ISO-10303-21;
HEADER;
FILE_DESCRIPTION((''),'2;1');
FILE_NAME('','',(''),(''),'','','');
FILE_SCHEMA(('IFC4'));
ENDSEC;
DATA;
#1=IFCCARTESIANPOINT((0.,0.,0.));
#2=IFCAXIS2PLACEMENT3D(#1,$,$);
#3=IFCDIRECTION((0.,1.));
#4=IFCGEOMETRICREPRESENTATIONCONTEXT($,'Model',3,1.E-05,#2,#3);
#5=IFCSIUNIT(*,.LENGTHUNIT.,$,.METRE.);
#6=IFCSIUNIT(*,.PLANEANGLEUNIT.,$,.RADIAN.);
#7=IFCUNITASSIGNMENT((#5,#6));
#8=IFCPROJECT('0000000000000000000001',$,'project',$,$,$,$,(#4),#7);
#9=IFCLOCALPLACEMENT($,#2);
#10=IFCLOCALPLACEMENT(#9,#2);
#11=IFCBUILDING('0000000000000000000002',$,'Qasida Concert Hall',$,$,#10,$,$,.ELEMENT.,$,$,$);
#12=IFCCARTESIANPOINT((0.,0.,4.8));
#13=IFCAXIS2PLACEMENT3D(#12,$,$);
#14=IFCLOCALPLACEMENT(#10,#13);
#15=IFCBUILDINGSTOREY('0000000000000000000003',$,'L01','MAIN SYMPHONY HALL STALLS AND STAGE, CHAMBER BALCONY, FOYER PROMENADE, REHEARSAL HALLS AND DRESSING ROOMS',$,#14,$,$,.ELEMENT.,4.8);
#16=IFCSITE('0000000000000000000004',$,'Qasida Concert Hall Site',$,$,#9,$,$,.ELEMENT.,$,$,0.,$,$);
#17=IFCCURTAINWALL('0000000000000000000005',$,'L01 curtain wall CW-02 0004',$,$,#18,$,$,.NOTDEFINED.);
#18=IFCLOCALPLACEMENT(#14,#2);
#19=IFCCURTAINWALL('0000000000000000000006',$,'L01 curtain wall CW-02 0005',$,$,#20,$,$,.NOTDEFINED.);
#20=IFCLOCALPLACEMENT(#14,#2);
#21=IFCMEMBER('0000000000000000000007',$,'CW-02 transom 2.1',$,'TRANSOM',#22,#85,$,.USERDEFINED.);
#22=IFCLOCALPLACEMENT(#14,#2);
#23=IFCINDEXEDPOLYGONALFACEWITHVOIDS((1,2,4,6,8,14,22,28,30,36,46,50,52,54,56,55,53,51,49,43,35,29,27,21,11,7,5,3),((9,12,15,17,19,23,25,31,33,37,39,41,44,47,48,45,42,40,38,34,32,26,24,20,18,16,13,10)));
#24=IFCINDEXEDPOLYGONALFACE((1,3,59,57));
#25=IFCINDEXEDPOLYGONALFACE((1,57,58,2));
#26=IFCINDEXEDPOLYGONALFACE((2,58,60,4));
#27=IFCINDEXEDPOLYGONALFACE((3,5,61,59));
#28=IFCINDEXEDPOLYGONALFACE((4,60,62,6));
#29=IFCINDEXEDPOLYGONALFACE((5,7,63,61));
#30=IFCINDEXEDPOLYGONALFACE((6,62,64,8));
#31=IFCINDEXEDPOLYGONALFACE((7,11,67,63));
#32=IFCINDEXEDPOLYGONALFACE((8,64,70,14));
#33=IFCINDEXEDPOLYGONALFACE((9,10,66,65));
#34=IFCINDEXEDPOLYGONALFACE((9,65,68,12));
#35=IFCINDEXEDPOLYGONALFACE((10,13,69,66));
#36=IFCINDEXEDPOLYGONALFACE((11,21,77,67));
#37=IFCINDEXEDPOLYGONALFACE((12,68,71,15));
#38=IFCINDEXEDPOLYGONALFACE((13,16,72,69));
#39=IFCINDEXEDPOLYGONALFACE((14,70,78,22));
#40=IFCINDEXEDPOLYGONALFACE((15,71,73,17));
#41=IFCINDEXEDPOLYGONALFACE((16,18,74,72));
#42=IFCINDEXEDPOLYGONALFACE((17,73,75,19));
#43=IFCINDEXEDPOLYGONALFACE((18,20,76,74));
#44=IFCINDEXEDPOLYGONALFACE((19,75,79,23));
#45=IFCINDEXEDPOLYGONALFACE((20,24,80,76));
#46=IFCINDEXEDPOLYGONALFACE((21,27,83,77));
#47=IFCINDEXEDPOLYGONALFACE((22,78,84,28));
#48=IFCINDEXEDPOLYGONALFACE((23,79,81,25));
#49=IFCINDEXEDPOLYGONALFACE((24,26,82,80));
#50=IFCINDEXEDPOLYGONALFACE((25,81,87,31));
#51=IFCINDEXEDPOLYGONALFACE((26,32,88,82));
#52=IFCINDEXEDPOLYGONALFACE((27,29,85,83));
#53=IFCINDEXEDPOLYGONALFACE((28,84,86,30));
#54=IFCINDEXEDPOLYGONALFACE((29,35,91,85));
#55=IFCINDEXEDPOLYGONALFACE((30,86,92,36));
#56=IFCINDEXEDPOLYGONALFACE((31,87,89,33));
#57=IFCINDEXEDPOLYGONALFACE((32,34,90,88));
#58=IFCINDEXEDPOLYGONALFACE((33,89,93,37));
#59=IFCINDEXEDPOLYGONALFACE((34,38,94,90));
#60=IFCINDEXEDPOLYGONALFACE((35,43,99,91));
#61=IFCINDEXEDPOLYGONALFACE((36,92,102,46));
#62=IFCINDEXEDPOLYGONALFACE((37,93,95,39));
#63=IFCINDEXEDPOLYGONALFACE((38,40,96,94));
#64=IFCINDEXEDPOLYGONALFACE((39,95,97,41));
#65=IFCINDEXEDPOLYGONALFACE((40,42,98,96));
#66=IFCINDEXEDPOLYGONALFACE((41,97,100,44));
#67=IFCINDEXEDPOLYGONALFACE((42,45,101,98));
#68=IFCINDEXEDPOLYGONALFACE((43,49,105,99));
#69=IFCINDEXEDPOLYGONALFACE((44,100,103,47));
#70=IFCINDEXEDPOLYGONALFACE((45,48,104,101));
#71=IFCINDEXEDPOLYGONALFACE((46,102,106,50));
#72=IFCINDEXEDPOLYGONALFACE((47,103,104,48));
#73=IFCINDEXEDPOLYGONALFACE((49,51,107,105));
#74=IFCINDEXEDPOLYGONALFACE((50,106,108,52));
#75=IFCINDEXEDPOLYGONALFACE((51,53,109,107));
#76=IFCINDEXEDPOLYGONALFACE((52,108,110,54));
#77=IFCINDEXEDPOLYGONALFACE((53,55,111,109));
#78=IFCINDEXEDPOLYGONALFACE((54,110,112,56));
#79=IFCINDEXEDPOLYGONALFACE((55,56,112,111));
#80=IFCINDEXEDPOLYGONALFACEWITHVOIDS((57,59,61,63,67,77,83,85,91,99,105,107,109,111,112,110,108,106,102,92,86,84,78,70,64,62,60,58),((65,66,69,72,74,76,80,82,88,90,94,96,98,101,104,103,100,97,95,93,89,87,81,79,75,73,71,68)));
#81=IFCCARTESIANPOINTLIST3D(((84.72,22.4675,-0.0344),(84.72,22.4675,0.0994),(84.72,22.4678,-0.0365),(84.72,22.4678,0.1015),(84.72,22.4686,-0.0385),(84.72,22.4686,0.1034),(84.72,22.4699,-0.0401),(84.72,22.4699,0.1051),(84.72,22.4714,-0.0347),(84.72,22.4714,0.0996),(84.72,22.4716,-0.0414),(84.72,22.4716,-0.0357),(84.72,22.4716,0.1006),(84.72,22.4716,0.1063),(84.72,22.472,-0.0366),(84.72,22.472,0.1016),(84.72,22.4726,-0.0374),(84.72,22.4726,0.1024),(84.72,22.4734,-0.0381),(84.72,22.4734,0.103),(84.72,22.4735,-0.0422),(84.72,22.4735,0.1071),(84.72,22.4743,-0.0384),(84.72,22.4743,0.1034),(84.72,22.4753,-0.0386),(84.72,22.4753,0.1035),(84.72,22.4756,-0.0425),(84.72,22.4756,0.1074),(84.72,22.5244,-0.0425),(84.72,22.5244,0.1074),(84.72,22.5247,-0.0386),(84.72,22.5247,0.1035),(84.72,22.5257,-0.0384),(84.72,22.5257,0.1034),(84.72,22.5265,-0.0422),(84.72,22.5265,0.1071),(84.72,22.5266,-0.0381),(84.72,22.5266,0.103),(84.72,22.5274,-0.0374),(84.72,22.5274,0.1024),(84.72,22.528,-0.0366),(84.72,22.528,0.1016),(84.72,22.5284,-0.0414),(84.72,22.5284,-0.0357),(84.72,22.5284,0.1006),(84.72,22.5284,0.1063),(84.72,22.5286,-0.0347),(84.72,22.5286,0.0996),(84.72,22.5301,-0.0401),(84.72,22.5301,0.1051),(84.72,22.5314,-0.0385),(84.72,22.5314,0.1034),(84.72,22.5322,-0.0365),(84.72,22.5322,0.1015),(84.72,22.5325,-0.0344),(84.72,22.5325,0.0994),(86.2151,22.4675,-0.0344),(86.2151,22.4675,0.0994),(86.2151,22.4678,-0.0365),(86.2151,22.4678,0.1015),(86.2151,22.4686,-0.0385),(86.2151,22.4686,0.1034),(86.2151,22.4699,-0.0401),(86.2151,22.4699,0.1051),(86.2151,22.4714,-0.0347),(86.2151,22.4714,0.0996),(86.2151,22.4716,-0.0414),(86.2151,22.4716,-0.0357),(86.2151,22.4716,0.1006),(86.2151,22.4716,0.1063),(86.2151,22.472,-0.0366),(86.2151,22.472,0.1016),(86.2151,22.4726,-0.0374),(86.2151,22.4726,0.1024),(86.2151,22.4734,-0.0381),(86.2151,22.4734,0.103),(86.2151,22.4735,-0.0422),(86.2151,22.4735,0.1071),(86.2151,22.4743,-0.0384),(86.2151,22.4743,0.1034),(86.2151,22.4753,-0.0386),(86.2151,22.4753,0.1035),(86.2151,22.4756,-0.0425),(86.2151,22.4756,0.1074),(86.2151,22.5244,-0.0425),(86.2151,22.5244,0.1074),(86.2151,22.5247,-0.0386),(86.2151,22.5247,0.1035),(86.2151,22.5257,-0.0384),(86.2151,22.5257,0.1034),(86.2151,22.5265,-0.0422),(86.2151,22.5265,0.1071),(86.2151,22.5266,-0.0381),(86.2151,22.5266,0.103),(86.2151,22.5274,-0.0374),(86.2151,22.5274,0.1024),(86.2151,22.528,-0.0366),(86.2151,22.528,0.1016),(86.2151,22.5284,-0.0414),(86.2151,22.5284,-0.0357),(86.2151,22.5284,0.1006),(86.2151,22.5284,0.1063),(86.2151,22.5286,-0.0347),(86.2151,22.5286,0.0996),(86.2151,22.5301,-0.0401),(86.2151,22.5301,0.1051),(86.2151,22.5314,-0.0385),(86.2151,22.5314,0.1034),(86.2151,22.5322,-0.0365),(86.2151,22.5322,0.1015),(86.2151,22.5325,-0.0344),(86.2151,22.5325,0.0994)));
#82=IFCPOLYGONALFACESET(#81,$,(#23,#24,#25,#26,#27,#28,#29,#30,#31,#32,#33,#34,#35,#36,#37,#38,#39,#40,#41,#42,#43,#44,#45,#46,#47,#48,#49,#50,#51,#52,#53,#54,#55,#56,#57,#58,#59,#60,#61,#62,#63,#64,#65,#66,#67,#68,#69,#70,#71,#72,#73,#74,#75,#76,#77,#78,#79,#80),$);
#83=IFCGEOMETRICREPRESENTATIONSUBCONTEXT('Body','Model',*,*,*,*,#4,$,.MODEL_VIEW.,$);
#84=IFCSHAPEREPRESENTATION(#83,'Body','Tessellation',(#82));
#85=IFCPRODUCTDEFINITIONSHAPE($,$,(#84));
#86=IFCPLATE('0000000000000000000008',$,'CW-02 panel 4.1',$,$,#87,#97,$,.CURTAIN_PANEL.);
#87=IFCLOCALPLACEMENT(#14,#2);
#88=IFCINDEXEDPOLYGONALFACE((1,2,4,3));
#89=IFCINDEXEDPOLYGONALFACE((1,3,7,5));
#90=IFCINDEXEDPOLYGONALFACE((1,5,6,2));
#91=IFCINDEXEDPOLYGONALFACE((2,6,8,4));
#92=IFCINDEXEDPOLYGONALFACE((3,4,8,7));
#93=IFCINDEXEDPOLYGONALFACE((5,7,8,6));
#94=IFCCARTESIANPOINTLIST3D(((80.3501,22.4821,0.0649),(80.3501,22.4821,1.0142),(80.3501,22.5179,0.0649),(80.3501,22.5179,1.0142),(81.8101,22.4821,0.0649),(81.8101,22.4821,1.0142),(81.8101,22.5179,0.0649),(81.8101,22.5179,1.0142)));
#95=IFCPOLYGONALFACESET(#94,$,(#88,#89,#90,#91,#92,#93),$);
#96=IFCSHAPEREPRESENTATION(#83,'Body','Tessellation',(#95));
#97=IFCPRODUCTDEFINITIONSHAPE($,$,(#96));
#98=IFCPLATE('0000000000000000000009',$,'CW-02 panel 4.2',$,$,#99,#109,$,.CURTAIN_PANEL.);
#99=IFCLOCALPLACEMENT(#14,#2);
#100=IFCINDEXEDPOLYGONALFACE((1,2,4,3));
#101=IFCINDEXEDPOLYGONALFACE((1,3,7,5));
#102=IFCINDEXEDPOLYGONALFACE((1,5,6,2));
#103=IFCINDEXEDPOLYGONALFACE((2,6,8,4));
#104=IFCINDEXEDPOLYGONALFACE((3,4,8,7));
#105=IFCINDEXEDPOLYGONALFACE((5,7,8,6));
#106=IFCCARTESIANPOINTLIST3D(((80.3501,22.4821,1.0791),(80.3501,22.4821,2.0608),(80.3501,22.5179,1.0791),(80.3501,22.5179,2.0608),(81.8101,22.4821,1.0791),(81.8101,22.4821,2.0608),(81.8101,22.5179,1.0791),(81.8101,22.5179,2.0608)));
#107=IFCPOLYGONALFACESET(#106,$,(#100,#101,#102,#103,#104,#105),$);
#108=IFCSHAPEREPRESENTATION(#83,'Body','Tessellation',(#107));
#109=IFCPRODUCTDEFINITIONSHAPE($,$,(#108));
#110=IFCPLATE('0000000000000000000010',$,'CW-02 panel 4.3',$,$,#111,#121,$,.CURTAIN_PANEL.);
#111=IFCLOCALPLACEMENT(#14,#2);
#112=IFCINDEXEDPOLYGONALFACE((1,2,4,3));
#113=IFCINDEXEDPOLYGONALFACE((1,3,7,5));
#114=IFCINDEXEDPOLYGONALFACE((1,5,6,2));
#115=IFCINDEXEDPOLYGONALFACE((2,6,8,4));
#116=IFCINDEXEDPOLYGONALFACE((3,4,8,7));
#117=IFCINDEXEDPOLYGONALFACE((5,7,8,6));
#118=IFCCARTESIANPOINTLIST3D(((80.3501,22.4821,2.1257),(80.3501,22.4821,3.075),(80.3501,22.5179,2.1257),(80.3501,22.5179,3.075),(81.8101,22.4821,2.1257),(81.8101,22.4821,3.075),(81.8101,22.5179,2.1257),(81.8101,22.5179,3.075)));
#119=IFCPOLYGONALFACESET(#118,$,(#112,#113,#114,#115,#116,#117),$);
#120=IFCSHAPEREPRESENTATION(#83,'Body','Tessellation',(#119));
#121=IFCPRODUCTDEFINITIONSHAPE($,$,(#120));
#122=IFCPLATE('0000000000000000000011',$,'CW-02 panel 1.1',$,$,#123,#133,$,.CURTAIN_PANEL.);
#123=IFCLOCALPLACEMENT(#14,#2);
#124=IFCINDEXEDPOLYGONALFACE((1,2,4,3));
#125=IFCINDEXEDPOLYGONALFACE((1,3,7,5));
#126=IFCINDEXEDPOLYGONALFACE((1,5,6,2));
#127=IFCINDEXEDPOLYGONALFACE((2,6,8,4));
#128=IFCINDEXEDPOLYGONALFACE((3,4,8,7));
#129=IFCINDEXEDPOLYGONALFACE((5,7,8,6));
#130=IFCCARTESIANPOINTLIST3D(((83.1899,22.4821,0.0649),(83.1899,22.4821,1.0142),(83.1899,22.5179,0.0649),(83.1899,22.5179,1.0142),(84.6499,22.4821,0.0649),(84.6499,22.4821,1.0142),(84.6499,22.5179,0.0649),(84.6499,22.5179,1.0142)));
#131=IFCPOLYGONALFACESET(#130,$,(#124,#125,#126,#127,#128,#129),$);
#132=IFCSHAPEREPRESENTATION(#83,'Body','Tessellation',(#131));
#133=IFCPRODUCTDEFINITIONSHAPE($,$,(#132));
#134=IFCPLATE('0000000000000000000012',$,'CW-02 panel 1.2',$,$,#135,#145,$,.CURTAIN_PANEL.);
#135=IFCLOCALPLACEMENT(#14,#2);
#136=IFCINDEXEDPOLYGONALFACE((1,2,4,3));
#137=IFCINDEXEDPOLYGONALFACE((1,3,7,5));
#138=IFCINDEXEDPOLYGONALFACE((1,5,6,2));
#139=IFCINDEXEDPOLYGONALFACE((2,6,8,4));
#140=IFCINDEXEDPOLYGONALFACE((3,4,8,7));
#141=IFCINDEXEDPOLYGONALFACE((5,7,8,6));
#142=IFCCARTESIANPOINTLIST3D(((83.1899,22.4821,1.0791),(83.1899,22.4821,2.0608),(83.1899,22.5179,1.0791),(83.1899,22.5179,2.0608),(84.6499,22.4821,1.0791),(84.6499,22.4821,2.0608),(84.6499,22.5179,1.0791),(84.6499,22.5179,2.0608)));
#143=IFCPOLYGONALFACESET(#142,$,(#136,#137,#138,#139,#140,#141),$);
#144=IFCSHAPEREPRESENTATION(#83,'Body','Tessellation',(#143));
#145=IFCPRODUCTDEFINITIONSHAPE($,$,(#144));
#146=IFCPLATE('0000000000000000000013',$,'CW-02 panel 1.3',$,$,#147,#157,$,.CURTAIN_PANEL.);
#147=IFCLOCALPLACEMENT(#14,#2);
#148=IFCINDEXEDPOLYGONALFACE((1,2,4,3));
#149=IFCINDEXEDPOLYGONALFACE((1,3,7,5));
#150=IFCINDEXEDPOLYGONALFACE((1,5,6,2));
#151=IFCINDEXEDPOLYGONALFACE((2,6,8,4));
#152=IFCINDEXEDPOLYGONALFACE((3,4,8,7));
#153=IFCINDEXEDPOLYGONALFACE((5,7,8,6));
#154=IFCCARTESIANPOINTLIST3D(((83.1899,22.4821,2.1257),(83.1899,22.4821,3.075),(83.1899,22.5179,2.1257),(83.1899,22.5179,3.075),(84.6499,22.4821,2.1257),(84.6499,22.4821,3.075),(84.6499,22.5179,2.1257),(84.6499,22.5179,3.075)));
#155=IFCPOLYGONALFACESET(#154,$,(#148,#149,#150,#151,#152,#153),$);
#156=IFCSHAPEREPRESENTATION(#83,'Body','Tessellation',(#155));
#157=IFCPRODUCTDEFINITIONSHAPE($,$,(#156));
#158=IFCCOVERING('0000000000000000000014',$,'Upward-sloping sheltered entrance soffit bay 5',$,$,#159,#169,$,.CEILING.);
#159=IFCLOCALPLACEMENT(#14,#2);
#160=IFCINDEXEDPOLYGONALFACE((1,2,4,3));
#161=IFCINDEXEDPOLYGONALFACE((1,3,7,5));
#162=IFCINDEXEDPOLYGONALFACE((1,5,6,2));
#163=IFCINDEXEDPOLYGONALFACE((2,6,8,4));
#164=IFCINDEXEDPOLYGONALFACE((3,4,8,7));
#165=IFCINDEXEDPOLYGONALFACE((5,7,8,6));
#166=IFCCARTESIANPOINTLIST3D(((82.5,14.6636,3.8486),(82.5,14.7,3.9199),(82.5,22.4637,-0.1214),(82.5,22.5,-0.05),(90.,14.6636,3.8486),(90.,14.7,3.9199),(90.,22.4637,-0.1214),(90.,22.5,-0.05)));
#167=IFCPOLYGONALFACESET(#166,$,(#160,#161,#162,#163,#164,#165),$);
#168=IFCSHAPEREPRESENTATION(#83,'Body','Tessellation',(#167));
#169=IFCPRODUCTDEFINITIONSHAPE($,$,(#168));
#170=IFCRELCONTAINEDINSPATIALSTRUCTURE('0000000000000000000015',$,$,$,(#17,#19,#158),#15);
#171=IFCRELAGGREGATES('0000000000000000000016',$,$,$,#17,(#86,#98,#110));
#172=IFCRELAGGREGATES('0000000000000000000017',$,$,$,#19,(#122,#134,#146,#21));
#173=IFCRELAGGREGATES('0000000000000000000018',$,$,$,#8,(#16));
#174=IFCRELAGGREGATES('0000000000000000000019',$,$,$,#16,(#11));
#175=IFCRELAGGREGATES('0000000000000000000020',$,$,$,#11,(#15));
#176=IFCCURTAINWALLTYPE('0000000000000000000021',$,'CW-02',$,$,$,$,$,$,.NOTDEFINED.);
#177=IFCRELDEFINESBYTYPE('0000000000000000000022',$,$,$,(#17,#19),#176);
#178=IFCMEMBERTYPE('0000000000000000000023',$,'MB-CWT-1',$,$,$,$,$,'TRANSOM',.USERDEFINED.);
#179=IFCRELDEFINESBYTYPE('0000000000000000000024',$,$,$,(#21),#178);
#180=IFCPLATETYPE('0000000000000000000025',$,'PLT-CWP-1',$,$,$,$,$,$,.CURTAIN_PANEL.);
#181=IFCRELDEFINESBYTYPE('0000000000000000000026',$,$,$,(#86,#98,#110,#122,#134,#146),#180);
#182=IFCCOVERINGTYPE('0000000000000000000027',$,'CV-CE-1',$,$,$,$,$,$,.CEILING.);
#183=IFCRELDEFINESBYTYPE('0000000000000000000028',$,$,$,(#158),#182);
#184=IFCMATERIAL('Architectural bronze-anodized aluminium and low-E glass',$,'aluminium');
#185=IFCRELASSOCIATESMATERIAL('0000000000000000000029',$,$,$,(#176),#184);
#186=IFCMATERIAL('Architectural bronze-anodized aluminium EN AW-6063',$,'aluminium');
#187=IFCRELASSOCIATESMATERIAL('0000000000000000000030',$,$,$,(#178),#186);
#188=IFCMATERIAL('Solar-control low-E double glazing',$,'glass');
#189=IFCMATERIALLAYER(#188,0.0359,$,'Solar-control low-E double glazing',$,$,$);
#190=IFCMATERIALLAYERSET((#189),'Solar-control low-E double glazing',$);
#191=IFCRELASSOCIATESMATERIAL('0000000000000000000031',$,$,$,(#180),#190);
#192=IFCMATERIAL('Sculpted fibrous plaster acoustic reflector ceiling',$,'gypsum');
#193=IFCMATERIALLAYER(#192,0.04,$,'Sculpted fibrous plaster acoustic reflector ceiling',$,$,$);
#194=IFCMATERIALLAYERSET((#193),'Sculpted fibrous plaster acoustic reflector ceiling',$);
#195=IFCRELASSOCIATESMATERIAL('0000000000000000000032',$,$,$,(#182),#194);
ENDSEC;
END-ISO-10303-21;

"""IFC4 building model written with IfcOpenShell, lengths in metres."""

from ifc_helpers import new_model, si_unit, direction, frame, origin, origin_2d, place, context, subcontext, project, spatial, polyline, rectangle, hollow_rectangle, outline, extrude, material, layer, layer_set, material_profile, profile_set, type_object, element, aggregate, save


model = new_model("IFC4")

# Units and contexts
model_context = context("Model", 3, precision=1e-05, world=origin(), true_north=direction((0.0, 1.0)))
body_context = subcontext(model_context, "Body", "Model", "MODEL_VIEW")
ifc_project = project(units=[si_unit("LENGTHUNIT", "METRE"), si_unit("PLANEANGLEUNIT", "RADIAN")], contexts=[model_context])

# Site, building, storey
site_placement = place(None, origin())
site = spatial("IfcSite", under=ifc_project, at=site_placement, Name="Qasida Concert Hall Site", CompositionType="ELEMENT", RefElevation=0.0)
building_placement = place(site_placement, origin())
building = spatial("IfcBuilding", under=site, at=building_placement, Name="Qasida Concert Hall", CompositionType="ELEMENT")
storey_placement = place(building_placement, frame((0.0, 0.0, 4.8)))
storey = spatial("IfcBuildingStorey", under=building, at=storey_placement, Name="L01", Description="MAIN SYMPHONY HALL STALLS AND STAGE, CHAMBER BALCONY, FOYER PROMENADE, REHEARSAL HALLS AND DRESSING ROOMS", CompositionType="ELEMENT", Elevation=4.8)

# Curtain wall
ifc_material_1 = material(Name="Architectural bronze-anodized aluminium and low-E glass", Category="aluminium")
curtain_wall_type = type_object("IfcCurtainWallType", Name="CW-02", PredefinedType="NOTDEFINED", material=ifc_material_1)
curtain_wall_1_placement = place(storey_placement, origin())
curtain_wall_1 = element("IfcCurtainWall", 1, at=curtain_wall_1_placement, inside=storey, type_object=curtain_wall_type, Name="L01 curtain wall CW-02 0004", PredefinedType="NOTDEFINED")
ifc_material_2 = material(Name="Architectural bronze-anodized aluminium EN AW-6063", Category="aluminium")

# Curtain wall
curtain_wall_2_placement = place(storey_placement, origin())
curtain_wall_2 = element("IfcCurtainWall", 2, at=curtain_wall_2_placement, inside=storey, type_object=curtain_wall_type, Name="L01 curtain wall CW-02 0005", PredefinedType="NOTDEFINED")

# Member
ifc_material_profile_1 = material_profile(ifc_material_2, hollow_rectangle(XDim=0.0649, YDim=0.1499, WallThickness=0.0039, InnerFilletRadius=0.0039, OuterFilletRadius=0.0081, at=origin_2d()), Name="CWT 150x65x4")
ifc_profile_set_1 = profile_set([ifc_material_profile_1], Name="Architectural bronze-anodized aluminium EN AW-6063")
member_type_1 = type_object("IfcMemberType", Name="MB-CWT-1", ElementType="TRANSOM", PredefinedType="USERDEFINED", material=ifc_profile_set_1)
member_1_placement = place(storey_placement, frame((84.72, 22.5, 0.0325), z_axis=(1.0, 0.0, 0.0), x_axis=(0.0, 1.0, 0.0)))
member_1 = element("IfcMember", 3, at=member_1_placement, type_object=member_type_1, Name="CW-02 transom 2.1", ObjectType="TRANSOM", PredefinedType="USERDEFINED", context=body_context, shape_type="SweptSolid", body=[
    extrude(hollow_rectangle(XDim=0.0649, YDim=0.1499, WallThickness=0.0039, InnerFilletRadius=0.0039, OuterFilletRadius=0.0081, at=origin_2d()), origin(), (0.0, 0.0, 1.0), 1.4951),
])

# Plates
ifc_material_3 = material(Name="Solar-control low-E double glazing", Category="glass")
ifc_layer_1 = layer(ifc_material_3, 0.0359, Name="Solar-control low-E double glazing")
ifc_layer_set_1 = layer_set([ifc_layer_1], Name="Solar-control low-E double glazing")
plate_type = type_object("IfcPlateType", Name="PLT-CWP-1", PredefinedType="CURTAIN_PANEL", material=ifc_layer_set_1)
plate_1_placement = place(storey_placement, frame((81.0801, 22.5, 0.0649), z_axis=(0.0, 0.0, 1.0), x_axis=(1.0, 0.0, 0.0)))
plate_1 = element("IfcPlate", 4, at=plate_1_placement, type_object=plate_type, Name="CW-02 panel 4.1", PredefinedType="CURTAIN_PANEL", context=body_context, shape_type="SweptSolid", body=[
    extrude(rectangle(XDim=1.46, YDim=0.0359, at=origin_2d()), origin(), (0.0, 0.0, 1.0), 0.9492),
])
plate_2_placement = place(storey_placement, frame((81.0801, 22.5, 1.0791), z_axis=(0.0, 0.0, 1.0), x_axis=(1.0, 0.0, 0.0)))
plate_2 = element("IfcPlate", 5, at=plate_2_placement, type_object=plate_type, Name="CW-02 panel 4.2", PredefinedType="CURTAIN_PANEL", context=body_context, shape_type="SweptSolid", body=[
    extrude(rectangle(XDim=1.46, YDim=0.0359, at=origin_2d()), origin(), (0.0, 0.0, 1.0), 0.9817),
])
plate_3_placement = place(storey_placement, frame((81.0801, 22.5, 2.1257), z_axis=(0.0, 0.0, 1.0), x_axis=(1.0, 0.0, 0.0)))
plate_3 = element("IfcPlate", 6, at=plate_3_placement, type_object=plate_type, Name="CW-02 panel 4.3", PredefinedType="CURTAIN_PANEL", context=body_context, shape_type="SweptSolid", body=[
    extrude(rectangle(XDim=1.46, YDim=0.0359, at=origin_2d()), origin(), (0.0, 0.0, 1.0), 0.9492),
])
aggregate(curtain_wall_1, [plate_1, plate_2, plate_3])
plate_4_placement = place(storey_placement, frame((83.9199, 22.5, 0.0649), z_axis=(0.0, 0.0, 1.0), x_axis=(1.0, 0.0, 0.0)))
plate_4 = element("IfcPlate", 7, at=plate_4_placement, type_object=plate_type, Name="CW-02 panel 1.1", PredefinedType="CURTAIN_PANEL", context=body_context, shape_type="SweptSolid", body=[
    extrude(rectangle(XDim=1.46, YDim=0.0359, at=origin_2d()), origin(), (0.0, 0.0, 1.0), 0.9492),
])
plate_5_placement = place(storey_placement, frame((83.9199, 22.5, 1.0791), z_axis=(0.0, 0.0, 1.0), x_axis=(1.0, 0.0, 0.0)))
plate_5 = element("IfcPlate", 8, at=plate_5_placement, type_object=plate_type, Name="CW-02 panel 1.2", PredefinedType="CURTAIN_PANEL", context=body_context, shape_type="SweptSolid", body=[
    extrude(rectangle(XDim=1.46, YDim=0.0359, at=origin_2d()), origin(), (0.0, 0.0, 1.0), 0.9817),
])
plate_6_placement = place(storey_placement, frame((83.9199, 22.5, 2.1257), z_axis=(0.0, 0.0, 1.0), x_axis=(1.0, 0.0, 0.0)))
plate_6 = element("IfcPlate", 9, at=plate_6_placement, type_object=plate_type, Name="CW-02 panel 1.3", PredefinedType="CURTAIN_PANEL", context=body_context, shape_type="SweptSolid", body=[
    extrude(rectangle(XDim=1.46, YDim=0.0359, at=origin_2d()), origin(), (0.0, 0.0, 1.0), 0.9492),
])
aggregate(curtain_wall_2, [plate_4, plate_5, plate_6, member_1])

# Covering
ifc_material_4 = material(Name="Sculpted fibrous plaster acoustic reflector ceiling", Category="gypsum")
ifc_layer_2 = layer(ifc_material_4, 0.04, Name="Sculpted fibrous plaster acoustic reflector ceiling")
ifc_layer_set_2 = layer_set([ifc_layer_2], Name="Sculpted fibrous plaster acoustic reflector ceiling")
covering_type = type_object("IfcCoveringType", Name="CV-CE-1", PredefinedType="CEILING", material=ifc_layer_set_2)
covering_placement = place(storey_placement, frame((82.5, 22.5, -0.05), z_axis=(0.0, 0.453596, 0.891208), x_axis=(1.0, 0.0, 0.0)))
element("IfcCovering", 10, at=covering_placement, inside=storey, type_object=covering_type, Name="Upward-sloping sheltered entrance soffit bay 5", PredefinedType="CEILING", context=body_context, shape_type="SweptSolid", body=[
    extrude(outline(polyline([(0.0, 0.0), (7.5, 0.0), (7.5, -8.7522), (0.0, -8.7522), (0.0, 0.0)])), origin(), (0.0, 0.0, -1.0), 0.0801),
])

save(model, "model.ifc")
